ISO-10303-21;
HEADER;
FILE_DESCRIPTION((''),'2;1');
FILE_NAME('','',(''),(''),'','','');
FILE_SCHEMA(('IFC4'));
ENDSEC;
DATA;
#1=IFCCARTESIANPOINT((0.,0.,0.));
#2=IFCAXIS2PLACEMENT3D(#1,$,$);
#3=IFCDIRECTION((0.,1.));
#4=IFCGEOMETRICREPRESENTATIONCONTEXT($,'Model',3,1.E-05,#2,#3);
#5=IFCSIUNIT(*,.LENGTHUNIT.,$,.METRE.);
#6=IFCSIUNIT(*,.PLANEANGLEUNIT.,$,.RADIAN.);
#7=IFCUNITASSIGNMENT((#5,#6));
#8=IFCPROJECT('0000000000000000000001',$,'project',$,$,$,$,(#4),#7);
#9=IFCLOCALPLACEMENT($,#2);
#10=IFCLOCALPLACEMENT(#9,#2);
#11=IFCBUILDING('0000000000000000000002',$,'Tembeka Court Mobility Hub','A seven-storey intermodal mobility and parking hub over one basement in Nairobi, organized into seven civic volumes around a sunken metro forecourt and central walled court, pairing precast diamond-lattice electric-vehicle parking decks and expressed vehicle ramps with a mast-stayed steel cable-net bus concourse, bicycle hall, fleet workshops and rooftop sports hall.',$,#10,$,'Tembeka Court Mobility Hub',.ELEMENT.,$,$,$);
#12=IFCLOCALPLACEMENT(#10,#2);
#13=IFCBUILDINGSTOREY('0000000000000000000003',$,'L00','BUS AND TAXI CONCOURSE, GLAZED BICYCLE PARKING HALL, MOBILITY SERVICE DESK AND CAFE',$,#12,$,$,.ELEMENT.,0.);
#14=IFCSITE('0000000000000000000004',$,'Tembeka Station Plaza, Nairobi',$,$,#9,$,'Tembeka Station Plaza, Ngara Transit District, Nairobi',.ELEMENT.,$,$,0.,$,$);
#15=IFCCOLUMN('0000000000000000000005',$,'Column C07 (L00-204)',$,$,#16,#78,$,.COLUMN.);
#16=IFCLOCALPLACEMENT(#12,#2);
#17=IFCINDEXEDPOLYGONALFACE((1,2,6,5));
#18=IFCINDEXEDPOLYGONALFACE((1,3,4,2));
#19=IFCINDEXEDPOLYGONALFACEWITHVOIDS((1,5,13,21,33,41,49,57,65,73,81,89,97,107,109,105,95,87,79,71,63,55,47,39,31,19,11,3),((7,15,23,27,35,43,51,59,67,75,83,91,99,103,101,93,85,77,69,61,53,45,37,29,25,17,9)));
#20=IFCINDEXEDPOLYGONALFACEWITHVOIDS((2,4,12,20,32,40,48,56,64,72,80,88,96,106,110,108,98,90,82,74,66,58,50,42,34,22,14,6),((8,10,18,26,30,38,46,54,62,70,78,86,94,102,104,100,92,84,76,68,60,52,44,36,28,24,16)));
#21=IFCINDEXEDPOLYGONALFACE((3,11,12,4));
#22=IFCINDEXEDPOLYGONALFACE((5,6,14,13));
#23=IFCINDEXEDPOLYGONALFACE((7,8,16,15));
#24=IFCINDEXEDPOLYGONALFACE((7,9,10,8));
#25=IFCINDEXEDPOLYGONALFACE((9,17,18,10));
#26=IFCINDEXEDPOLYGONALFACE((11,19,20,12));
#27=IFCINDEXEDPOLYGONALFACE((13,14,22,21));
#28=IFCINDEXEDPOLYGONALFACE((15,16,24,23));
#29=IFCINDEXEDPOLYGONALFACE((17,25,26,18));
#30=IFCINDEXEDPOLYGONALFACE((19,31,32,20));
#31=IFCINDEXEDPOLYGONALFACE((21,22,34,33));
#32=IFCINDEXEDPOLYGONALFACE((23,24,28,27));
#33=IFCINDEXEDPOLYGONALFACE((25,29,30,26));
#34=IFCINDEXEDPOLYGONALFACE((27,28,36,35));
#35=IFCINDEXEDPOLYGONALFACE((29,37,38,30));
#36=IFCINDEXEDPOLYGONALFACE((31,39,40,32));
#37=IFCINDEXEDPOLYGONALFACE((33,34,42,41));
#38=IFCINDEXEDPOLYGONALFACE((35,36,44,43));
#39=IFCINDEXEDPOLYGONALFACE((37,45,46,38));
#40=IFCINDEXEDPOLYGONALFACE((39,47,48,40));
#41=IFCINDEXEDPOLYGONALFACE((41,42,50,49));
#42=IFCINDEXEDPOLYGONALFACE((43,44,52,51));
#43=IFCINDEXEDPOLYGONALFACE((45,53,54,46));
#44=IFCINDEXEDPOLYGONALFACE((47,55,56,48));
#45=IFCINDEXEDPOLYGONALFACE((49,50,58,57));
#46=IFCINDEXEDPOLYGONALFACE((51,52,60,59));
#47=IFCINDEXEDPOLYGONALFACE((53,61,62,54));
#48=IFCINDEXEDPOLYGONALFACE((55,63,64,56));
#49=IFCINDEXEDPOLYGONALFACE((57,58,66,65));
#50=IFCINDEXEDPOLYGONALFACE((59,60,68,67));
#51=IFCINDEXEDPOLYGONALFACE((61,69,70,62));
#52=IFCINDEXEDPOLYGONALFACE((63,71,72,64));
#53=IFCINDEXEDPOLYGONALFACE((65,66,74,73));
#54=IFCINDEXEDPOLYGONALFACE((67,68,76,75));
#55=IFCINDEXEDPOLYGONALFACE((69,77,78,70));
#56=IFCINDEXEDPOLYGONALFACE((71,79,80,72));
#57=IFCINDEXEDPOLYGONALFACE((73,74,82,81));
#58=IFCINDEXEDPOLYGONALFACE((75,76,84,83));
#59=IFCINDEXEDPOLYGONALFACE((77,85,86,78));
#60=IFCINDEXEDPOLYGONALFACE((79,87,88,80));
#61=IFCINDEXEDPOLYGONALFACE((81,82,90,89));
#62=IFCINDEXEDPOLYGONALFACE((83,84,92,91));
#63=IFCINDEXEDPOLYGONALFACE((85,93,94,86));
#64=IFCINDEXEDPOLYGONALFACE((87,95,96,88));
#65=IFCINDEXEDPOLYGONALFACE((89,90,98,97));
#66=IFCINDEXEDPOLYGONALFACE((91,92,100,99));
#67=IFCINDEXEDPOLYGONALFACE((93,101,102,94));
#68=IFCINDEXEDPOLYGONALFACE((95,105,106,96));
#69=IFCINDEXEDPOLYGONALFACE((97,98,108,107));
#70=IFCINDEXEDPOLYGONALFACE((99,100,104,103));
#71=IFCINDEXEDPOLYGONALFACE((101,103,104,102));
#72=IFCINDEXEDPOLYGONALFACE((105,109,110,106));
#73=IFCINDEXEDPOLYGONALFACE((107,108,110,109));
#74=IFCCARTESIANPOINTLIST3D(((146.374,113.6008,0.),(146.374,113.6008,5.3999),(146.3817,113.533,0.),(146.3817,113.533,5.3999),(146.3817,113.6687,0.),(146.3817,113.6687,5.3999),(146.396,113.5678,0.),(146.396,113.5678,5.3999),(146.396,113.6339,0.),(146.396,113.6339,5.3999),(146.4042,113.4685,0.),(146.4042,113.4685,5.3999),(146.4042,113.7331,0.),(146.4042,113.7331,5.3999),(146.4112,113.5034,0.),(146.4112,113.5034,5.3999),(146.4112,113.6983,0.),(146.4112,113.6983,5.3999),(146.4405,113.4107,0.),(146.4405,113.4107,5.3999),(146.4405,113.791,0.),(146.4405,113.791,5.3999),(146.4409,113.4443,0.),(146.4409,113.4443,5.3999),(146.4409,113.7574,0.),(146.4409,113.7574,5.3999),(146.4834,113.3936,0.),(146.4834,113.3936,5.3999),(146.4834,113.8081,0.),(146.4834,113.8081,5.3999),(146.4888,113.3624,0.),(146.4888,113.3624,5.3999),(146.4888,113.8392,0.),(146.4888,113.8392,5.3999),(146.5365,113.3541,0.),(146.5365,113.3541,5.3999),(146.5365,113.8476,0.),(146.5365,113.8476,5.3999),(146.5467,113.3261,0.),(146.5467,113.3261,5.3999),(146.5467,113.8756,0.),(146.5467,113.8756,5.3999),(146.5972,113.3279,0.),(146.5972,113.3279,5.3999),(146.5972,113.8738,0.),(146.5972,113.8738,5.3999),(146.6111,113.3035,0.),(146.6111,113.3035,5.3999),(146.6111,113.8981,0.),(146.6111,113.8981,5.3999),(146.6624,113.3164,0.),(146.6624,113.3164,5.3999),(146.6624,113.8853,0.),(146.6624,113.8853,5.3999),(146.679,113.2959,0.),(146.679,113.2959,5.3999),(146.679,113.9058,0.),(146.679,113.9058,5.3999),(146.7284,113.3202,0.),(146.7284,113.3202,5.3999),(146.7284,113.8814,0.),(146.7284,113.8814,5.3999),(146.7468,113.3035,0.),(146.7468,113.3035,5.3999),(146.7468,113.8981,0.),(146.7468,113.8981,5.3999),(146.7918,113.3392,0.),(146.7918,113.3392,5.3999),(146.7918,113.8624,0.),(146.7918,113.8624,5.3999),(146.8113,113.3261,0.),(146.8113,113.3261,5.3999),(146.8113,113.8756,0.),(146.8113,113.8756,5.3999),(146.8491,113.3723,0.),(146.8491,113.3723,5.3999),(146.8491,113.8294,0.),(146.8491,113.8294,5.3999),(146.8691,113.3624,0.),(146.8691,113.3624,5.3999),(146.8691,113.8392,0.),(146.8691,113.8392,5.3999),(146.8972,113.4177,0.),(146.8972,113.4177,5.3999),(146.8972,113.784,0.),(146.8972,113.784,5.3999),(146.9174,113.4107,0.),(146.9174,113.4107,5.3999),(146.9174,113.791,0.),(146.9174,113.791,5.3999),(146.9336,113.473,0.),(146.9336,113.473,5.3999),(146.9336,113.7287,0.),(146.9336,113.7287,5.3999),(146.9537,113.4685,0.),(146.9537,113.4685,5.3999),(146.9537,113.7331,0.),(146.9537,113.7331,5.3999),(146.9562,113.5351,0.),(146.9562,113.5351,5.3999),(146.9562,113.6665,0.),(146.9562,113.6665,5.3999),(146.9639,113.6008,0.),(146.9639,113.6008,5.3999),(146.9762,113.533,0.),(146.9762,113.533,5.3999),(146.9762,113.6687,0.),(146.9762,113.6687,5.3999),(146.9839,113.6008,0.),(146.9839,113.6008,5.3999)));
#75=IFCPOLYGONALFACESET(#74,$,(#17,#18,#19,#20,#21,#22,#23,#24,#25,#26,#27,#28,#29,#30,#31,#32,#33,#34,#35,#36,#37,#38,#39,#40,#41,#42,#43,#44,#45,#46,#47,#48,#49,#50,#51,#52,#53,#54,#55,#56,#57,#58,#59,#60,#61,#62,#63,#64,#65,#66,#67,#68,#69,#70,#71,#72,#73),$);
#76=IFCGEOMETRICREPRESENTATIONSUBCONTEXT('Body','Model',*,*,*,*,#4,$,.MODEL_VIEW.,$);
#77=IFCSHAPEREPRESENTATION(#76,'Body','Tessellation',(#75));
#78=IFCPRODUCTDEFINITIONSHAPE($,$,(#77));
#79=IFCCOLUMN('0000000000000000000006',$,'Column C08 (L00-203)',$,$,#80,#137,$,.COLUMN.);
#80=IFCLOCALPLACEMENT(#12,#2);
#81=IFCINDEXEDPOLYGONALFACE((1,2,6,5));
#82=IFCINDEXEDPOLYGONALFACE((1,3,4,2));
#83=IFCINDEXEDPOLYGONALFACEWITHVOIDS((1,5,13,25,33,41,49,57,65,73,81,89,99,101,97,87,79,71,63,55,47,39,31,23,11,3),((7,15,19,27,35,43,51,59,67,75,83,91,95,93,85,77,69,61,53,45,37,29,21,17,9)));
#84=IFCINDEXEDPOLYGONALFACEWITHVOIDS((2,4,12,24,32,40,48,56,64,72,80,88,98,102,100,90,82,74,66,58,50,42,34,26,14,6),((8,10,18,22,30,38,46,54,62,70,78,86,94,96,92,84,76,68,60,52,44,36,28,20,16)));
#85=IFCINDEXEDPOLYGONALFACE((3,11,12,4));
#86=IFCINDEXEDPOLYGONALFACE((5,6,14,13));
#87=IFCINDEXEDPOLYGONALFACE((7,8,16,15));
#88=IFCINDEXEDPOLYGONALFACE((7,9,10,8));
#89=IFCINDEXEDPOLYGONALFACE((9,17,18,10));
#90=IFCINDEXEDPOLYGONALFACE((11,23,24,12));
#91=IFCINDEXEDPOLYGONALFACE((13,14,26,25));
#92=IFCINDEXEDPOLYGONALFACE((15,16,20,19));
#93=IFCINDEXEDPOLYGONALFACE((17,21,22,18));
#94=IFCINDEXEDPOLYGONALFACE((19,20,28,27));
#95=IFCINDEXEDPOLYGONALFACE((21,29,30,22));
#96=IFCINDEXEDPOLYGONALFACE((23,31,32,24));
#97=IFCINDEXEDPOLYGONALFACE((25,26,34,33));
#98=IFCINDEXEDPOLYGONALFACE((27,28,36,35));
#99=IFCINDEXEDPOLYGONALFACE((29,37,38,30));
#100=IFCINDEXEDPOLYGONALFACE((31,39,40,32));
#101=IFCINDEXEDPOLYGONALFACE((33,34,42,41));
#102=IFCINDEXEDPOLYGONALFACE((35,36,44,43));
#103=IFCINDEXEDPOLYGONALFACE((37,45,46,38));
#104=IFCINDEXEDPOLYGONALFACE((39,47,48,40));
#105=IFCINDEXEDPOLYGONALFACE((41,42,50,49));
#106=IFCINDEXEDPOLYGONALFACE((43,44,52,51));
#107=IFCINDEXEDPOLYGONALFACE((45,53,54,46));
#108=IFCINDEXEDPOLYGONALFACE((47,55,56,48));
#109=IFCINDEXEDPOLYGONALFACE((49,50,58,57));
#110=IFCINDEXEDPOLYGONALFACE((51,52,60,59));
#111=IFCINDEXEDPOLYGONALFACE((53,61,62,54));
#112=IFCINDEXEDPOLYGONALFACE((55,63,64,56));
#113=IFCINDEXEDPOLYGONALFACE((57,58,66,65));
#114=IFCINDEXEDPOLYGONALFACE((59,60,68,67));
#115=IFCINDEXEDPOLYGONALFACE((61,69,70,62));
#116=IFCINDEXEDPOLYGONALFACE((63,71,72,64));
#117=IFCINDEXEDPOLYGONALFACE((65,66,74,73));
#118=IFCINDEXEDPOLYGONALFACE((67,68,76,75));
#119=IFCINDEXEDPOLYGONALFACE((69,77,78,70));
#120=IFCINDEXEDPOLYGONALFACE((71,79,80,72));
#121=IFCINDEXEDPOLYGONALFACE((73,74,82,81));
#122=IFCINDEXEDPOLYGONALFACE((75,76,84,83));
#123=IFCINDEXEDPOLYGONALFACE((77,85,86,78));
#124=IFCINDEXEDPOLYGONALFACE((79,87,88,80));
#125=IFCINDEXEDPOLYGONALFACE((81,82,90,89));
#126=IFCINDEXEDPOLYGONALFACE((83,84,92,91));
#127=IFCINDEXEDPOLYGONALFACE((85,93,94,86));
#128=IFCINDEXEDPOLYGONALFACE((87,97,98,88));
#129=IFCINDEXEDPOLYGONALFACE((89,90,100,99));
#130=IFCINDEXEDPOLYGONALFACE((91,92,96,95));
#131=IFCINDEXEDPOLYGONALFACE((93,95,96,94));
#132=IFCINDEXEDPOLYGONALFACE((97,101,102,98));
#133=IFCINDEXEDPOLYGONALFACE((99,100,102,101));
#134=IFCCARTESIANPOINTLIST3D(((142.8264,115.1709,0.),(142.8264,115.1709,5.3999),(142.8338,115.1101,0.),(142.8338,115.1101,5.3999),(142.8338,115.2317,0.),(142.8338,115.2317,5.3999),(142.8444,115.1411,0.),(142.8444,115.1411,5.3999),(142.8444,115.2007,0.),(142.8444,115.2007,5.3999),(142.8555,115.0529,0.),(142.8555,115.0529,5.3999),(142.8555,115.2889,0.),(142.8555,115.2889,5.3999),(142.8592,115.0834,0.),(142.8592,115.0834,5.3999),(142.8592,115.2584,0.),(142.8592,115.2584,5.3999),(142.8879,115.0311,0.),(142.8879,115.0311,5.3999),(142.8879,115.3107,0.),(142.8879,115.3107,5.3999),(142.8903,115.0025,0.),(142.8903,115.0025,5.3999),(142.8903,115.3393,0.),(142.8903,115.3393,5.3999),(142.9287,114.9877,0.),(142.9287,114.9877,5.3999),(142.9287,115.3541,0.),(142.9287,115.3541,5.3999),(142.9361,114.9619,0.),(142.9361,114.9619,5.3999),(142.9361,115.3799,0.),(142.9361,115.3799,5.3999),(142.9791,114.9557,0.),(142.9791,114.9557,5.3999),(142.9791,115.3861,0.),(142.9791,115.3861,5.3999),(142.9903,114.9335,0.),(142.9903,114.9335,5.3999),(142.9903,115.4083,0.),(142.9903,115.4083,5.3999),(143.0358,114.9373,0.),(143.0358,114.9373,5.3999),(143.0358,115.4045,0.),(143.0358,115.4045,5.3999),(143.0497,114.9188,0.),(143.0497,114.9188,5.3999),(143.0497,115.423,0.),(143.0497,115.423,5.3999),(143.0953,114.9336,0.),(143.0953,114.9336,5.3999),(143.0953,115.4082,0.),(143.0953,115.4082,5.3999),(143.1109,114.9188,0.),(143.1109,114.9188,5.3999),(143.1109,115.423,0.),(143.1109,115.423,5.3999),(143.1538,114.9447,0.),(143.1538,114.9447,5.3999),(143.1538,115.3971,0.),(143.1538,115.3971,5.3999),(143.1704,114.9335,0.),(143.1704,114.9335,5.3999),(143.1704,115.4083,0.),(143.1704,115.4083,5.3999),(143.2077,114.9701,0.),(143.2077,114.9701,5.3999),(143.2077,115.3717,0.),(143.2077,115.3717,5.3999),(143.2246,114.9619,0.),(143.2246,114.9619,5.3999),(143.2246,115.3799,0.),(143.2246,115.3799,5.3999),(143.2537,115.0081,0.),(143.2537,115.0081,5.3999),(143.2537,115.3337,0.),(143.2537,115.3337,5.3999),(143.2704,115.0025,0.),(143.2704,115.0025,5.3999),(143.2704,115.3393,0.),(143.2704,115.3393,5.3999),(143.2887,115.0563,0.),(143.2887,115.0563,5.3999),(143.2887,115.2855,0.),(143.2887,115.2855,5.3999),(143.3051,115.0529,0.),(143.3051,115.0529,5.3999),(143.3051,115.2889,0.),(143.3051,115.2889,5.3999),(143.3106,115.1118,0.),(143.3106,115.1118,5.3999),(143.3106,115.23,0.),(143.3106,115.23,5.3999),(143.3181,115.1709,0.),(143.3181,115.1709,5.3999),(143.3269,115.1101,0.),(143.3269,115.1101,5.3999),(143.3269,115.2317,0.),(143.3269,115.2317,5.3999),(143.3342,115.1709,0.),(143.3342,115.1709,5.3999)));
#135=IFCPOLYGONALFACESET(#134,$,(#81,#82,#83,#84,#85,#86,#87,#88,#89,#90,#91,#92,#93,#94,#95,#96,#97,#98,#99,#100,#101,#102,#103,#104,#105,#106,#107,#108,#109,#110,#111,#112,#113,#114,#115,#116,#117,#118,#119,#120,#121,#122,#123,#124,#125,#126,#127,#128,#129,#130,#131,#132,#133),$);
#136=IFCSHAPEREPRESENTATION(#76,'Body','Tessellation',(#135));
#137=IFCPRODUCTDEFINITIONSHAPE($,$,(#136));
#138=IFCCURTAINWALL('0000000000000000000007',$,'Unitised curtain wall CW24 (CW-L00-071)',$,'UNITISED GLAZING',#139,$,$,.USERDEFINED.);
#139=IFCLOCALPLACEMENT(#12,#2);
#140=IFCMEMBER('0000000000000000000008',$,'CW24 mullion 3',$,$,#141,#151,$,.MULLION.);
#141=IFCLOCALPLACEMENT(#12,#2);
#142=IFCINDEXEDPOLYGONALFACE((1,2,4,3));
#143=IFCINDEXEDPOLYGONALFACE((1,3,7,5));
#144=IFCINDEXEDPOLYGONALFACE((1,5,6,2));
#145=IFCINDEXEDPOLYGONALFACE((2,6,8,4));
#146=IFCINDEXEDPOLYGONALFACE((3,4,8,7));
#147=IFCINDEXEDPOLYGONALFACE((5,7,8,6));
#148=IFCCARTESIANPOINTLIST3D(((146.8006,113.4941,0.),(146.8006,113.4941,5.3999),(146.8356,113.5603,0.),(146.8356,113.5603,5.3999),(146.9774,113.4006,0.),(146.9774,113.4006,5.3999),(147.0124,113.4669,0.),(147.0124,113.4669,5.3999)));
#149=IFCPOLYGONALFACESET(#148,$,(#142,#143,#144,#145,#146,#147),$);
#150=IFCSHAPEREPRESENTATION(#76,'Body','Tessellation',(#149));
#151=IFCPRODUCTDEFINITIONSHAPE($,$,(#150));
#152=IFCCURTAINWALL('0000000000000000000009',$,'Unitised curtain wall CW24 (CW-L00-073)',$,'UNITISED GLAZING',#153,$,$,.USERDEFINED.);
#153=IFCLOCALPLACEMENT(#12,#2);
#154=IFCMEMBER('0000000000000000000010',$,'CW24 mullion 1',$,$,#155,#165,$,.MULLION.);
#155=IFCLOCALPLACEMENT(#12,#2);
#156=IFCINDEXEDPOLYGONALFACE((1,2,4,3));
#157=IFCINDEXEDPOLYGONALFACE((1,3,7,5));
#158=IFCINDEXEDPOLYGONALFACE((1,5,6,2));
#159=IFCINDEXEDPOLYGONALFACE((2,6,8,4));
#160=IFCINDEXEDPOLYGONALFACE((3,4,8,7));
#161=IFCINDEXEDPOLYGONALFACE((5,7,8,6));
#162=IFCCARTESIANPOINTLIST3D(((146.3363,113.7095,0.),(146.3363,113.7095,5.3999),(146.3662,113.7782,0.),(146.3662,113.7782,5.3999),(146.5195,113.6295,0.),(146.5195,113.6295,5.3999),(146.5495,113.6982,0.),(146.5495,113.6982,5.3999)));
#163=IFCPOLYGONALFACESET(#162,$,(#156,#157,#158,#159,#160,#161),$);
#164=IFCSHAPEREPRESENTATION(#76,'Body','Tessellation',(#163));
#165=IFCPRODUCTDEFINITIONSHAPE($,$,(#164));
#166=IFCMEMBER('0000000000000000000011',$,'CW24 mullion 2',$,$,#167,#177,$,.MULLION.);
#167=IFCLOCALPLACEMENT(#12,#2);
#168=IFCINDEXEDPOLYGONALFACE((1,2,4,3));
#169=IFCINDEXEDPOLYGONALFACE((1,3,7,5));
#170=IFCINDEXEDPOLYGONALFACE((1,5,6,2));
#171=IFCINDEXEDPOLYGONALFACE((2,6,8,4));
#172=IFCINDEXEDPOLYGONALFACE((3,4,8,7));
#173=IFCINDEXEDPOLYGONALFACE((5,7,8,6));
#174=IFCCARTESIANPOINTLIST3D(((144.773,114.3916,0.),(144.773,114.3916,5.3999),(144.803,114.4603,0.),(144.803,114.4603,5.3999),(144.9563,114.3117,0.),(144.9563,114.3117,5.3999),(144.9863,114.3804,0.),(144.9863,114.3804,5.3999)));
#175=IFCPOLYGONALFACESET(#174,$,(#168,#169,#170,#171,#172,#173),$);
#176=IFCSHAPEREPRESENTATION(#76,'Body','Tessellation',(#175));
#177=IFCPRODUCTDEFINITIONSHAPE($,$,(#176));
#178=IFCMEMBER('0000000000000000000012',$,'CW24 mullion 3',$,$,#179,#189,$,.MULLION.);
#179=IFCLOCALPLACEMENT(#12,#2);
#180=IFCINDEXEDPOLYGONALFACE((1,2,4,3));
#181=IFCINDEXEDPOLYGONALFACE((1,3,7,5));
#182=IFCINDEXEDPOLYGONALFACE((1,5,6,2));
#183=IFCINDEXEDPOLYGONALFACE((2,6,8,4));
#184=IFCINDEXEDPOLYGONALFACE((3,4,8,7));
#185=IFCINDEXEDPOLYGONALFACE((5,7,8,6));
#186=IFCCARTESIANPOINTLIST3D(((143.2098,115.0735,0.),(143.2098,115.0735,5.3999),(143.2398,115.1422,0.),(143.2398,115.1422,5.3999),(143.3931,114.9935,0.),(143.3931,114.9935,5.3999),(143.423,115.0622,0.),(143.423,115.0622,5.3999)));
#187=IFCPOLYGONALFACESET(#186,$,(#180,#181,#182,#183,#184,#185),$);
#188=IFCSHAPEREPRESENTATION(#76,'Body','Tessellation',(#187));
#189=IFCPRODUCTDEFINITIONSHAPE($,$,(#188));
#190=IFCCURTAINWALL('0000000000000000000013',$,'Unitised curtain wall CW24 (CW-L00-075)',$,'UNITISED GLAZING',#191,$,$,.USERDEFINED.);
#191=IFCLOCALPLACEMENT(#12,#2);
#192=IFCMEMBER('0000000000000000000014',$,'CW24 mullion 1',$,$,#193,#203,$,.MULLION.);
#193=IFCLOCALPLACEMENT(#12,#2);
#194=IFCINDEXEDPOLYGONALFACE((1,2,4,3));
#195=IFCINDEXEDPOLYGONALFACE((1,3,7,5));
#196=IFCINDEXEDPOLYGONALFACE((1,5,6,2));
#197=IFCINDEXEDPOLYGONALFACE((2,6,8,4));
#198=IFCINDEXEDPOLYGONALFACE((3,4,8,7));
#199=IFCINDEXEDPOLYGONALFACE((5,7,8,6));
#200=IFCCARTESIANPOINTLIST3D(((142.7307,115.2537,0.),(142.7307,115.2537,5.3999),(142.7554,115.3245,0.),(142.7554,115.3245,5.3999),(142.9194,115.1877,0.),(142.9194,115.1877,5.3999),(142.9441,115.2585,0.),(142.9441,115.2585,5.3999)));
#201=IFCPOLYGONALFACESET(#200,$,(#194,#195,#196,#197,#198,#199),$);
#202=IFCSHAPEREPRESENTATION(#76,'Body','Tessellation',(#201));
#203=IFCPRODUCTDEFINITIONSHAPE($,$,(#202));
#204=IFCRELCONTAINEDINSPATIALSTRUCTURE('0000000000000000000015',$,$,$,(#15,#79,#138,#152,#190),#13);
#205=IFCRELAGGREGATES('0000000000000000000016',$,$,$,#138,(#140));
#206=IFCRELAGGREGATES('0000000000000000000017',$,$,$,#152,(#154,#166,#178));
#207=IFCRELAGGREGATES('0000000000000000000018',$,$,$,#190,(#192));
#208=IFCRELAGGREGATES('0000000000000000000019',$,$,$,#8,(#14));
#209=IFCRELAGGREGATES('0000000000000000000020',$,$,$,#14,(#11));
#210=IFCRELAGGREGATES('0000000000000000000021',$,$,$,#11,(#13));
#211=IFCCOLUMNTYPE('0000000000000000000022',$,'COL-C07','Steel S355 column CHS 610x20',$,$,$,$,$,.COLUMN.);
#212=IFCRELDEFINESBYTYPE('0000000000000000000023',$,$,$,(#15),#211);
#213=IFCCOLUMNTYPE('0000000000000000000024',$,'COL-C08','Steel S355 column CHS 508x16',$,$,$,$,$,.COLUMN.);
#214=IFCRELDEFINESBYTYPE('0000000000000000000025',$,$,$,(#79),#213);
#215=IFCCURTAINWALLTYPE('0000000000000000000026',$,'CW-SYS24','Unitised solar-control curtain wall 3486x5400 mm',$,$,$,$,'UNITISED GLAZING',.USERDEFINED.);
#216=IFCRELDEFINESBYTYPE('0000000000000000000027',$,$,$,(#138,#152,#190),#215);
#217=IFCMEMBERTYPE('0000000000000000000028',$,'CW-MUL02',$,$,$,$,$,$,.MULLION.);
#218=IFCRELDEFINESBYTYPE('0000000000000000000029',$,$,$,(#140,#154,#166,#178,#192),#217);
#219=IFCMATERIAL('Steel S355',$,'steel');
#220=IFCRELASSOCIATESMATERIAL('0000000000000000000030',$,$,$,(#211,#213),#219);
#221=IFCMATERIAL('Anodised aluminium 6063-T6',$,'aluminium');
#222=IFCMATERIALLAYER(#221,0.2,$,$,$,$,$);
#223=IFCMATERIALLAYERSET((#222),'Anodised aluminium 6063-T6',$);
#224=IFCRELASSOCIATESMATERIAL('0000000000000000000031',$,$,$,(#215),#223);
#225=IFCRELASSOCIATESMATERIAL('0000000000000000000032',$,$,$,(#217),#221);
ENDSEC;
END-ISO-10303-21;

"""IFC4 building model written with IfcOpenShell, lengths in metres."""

from ifc_helpers import new_model, si_unit, direction, frame, origin, origin_2d, place, context, subcontext, project, spatial, rectangle, hollow_circle, extrude, material, layer, layer_set, material_profile, profile_set, type_object, element, aggregate, save


model = new_model("IFC4")

# Units and contexts
model_context = context("Model", 3, precision=1e-05, world=origin(), true_north=direction((0.0, 1.0)))
body_context = subcontext(model_context, "Body", "Model", "MODEL_VIEW")
ifc_project = project(units=[si_unit("LENGTHUNIT", "METRE"), si_unit("PLANEANGLEUNIT", "RADIAN")], contexts=[model_context])

# Site, building, storey
site_placement = place(None, origin())
site = spatial("IfcSite", under=ifc_project, at=site_placement, Name="Tembeka Station Plaza, Nairobi", LongName="Tembeka Station Plaza, Ngara Transit District, Nairobi", CompositionType="ELEMENT", RefElevation=0.0)
building_placement = place(site_placement, origin())
building = spatial("IfcBuilding", under=site, at=building_placement, Name="Tembeka Court Mobility Hub", Description="A seven-storey intermodal mobility and parking hub over one basement in Nairobi, organized into seven civic volumes around a sunken metro forecourt and central walled court, pairing precast diamond-lattice electric-vehicle parking decks and expressed vehicle ramps with a mast-stayed steel cable-net bus concourse, bicycle hall, fleet workshops and rooftop sports hall.", LongName="Tembeka Court Mobility Hub", CompositionType="ELEMENT")
storey_placement = place(building_placement, origin())
storey = spatial("IfcBuildingStorey", under=building, at=storey_placement, Name="L00", Description="BUS AND TAXI CONCOURSE, GLAZED BICYCLE PARKING HALL, MOBILITY SERVICE DESK AND CAFE", CompositionType="ELEMENT", Elevation=0.0)

# Columns
ifc_material_1 = material(Name="Steel S355", Category="steel")
ifc_material_profile_1 = material_profile(ifc_material_1, hollow_circle(Radius=0.3049, WallThickness=0.02, at=origin_2d()), Name="CHS 610x20")
ifc_profile_set_1 = profile_set([ifc_material_profile_1], Name="Steel S355")
column_type_1 = type_object("IfcColumnType", Name="COL-C07", Description="Steel S355 column CHS 610x20", PredefinedType="COLUMN", material=ifc_profile_set_1)
column_1_placement = place(storey_placement, frame((146.679, 113.6008, 0.0), z_axis=(0.0, 0.0, 1.0), x_axis=(1.0, 0.0, 0.0)))
element("IfcColumn", 1, at=column_1_placement, inside=storey, type_object=column_type_1, Name="Column C07 (L00-204)", PredefinedType="COLUMN", context=body_context, shape_type="SweptSolid", body=[
    extrude(hollow_circle(Radius=0.3049, WallThickness=0.02, at=origin_2d()), origin(), (0.0, 0.0, 1.0), 5.3999),
])
ifc_material_profile_2 = material_profile(ifc_material_1, hollow_circle(Radius=0.2539, WallThickness=0.0161, at=origin_2d()), Name="CHS 508x16")
ifc_profile_set_2 = profile_set([ifc_material_profile_2], Name="Steel S355")
column_type_2 = type_object("IfcColumnType", Name="COL-C08", Description="Steel S355 column CHS 508x16", PredefinedType="COLUMN", material=ifc_profile_set_2)
column_2_placement = place(storey_placement, frame((143.0803, 115.1709, 0.0), z_axis=(0.0, 0.0, 1.0), x_axis=(1.0, 0.0, 0.0)))
element("IfcColumn", 2, at=column_2_placement, inside=storey, type_object=column_type_2, Name="Column C08 (L00-203)", PredefinedType="COLUMN", context=body_context, shape_type="SweptSolid", body=[
    extrude(hollow_circle(Radius=0.2539, WallThickness=0.0161, at=origin_2d()), origin(), (0.0, 0.0, 1.0), 5.3999),
])

# Curtain wall, member
ifc_material_2 = material(Name="Anodised aluminium 6063-T6", Category="aluminium")
ifc_layer_1 = layer(ifc_material_2, 0.2)
ifc_layer_set_1 = layer_set([ifc_layer_1], Name="Anodised aluminium 6063-T6")
curtain_wall_type = type_object("IfcCurtainWallType", Name="CW-SYS24", Description="Unitised solar-control curtain wall 3486x5400 mm", ElementType="UNITISED GLAZING", PredefinedType="USERDEFINED", material=ifc_layer_set_1)
curtain_wall_1_placement = place(storey_placement, origin())
curtain_wall_1 = element("IfcCurtainWall", 3, at=curtain_wall_1_placement, inside=storey, type_object=curtain_wall_type, Name="Unitised curtain wall CW24 (CW-L00-071)", ObjectType="UNITISED GLAZING", PredefinedType="USERDEFINED")
ifc_material_profile_3 = material_profile(ifc_material_2, rectangle(XDim=0.075, YDim=0.2, at=origin_2d()), Name="ALU-MUL 75x200")
ifc_profile_set_3 = profile_set([ifc_material_profile_3], Name="Anodised aluminium 6063-T6")
member_type_1 = type_object("IfcMemberType", Name="CW-MUL02", PredefinedType="MULLION", material=ifc_profile_set_3)
member_1_placement = place(storey_placement, frame((146.9065, 113.4805, 0.0), z_axis=(0.0, 0.0, 1.0), x_axis=(-0.467283, -0.884108, 0.0)))
member_1 = element("IfcMember", 4, at=member_1_placement, type_object=member_type_1, Name="CW24 mullion 3", PredefinedType="MULLION", context=body_context, shape_type="SweptSolid", body=[
    extrude(rectangle(XDim=0.075, YDim=0.2, at=origin_2d()), origin(), (0.0, 0.0, 1.0), 5.3999),
])
aggregate(curtain_wall_1, [member_1])

# Curtain walls, members
curtain_wall_2_placement = place(storey_placement, origin())
curtain_wall_2 = element("IfcCurtainWall", 5, at=curtain_wall_2_placement, inside=storey, type_object=curtain_wall_type, Name="Unitised curtain wall CW24 (CW-L00-073)", ObjectType="UNITISED GLAZING", PredefinedType="USERDEFINED")
member_2_placement = place(storey_placement, frame((146.4429, 113.7039, 0.0), z_axis=(0.0, 0.0, 1.0), x_axis=(-0.399869, -0.916572, 0.0)))
member_2 = element("IfcMember", 6, at=member_2_placement, type_object=member_type_1, Name="CW24 mullion 1", PredefinedType="MULLION", context=body_context, shape_type="SweptSolid", body=[
    extrude(rectangle(XDim=0.075, YDim=0.2, at=origin_2d()), origin(), (0.0, 0.0, 1.0), 5.3999),
])
member_3_placement = place(storey_placement, frame((144.8796, 114.386, 0.0), z_axis=(0.0, 0.0, 1.0), x_axis=(-0.399869, -0.916572, 0.0)))
member_3 = element("IfcMember", 7, at=member_3_placement, type_object=member_type_1, Name="CW24 mullion 2", PredefinedType="MULLION", context=body_context, shape_type="SweptSolid", body=[
    extrude(rectangle(XDim=0.075, YDim=0.2, at=origin_2d()), origin(), (0.0, 0.0, 1.0), 5.3999),
])
member_4_placement = place(storey_placement, frame((143.3164, 115.0679, 0.0), z_axis=(0.0, 0.0, 1.0), x_axis=(-0.399869, -0.916572, 0.0)))
member_4 = element("IfcMember", 8, at=member_4_placement, type_object=member_type_1, Name="CW24 mullion 3", PredefinedType="MULLION", context=body_context, shape_type="SweptSolid", body=[
    extrude(rectangle(XDim=0.075, YDim=0.2, at=origin_2d()), origin(), (0.0, 0.0, 1.0), 5.3999),
])
curtain_wall_3_placement = place(storey_placement, origin())
curtain_wall_3 = element("IfcCurtainWall", 9, at=curtain_wall_3_placement, inside=storey, type_object=curtain_wall_type, Name="Unitised curtain wall CW24 (CW-L00-075)", ObjectType="UNITISED GLAZING", PredefinedType="USERDEFINED")
member_5_placement = place(storey_placement, frame((142.8374, 115.2561, 0.0), z_axis=(0.0, 0.0, 1.0), x_axis=(-0.330264, -0.943889, 0.0)))
member_5 = element("IfcMember", 10, at=member_5_placement, type_object=member_type_1, Name="CW24 mullion 1", PredefinedType="MULLION", context=body_context, shape_type="SweptSolid", body=[
    extrude(rectangle(XDim=0.075, YDim=0.2, at=origin_2d()), origin(), (0.0, 0.0, 1.0), 5.3999),
])

aggregate(curtain_wall_2, [member_2, member_3, member_4])
aggregate(curtain_wall_3, [member_5])

save(model, "model.ifc")
